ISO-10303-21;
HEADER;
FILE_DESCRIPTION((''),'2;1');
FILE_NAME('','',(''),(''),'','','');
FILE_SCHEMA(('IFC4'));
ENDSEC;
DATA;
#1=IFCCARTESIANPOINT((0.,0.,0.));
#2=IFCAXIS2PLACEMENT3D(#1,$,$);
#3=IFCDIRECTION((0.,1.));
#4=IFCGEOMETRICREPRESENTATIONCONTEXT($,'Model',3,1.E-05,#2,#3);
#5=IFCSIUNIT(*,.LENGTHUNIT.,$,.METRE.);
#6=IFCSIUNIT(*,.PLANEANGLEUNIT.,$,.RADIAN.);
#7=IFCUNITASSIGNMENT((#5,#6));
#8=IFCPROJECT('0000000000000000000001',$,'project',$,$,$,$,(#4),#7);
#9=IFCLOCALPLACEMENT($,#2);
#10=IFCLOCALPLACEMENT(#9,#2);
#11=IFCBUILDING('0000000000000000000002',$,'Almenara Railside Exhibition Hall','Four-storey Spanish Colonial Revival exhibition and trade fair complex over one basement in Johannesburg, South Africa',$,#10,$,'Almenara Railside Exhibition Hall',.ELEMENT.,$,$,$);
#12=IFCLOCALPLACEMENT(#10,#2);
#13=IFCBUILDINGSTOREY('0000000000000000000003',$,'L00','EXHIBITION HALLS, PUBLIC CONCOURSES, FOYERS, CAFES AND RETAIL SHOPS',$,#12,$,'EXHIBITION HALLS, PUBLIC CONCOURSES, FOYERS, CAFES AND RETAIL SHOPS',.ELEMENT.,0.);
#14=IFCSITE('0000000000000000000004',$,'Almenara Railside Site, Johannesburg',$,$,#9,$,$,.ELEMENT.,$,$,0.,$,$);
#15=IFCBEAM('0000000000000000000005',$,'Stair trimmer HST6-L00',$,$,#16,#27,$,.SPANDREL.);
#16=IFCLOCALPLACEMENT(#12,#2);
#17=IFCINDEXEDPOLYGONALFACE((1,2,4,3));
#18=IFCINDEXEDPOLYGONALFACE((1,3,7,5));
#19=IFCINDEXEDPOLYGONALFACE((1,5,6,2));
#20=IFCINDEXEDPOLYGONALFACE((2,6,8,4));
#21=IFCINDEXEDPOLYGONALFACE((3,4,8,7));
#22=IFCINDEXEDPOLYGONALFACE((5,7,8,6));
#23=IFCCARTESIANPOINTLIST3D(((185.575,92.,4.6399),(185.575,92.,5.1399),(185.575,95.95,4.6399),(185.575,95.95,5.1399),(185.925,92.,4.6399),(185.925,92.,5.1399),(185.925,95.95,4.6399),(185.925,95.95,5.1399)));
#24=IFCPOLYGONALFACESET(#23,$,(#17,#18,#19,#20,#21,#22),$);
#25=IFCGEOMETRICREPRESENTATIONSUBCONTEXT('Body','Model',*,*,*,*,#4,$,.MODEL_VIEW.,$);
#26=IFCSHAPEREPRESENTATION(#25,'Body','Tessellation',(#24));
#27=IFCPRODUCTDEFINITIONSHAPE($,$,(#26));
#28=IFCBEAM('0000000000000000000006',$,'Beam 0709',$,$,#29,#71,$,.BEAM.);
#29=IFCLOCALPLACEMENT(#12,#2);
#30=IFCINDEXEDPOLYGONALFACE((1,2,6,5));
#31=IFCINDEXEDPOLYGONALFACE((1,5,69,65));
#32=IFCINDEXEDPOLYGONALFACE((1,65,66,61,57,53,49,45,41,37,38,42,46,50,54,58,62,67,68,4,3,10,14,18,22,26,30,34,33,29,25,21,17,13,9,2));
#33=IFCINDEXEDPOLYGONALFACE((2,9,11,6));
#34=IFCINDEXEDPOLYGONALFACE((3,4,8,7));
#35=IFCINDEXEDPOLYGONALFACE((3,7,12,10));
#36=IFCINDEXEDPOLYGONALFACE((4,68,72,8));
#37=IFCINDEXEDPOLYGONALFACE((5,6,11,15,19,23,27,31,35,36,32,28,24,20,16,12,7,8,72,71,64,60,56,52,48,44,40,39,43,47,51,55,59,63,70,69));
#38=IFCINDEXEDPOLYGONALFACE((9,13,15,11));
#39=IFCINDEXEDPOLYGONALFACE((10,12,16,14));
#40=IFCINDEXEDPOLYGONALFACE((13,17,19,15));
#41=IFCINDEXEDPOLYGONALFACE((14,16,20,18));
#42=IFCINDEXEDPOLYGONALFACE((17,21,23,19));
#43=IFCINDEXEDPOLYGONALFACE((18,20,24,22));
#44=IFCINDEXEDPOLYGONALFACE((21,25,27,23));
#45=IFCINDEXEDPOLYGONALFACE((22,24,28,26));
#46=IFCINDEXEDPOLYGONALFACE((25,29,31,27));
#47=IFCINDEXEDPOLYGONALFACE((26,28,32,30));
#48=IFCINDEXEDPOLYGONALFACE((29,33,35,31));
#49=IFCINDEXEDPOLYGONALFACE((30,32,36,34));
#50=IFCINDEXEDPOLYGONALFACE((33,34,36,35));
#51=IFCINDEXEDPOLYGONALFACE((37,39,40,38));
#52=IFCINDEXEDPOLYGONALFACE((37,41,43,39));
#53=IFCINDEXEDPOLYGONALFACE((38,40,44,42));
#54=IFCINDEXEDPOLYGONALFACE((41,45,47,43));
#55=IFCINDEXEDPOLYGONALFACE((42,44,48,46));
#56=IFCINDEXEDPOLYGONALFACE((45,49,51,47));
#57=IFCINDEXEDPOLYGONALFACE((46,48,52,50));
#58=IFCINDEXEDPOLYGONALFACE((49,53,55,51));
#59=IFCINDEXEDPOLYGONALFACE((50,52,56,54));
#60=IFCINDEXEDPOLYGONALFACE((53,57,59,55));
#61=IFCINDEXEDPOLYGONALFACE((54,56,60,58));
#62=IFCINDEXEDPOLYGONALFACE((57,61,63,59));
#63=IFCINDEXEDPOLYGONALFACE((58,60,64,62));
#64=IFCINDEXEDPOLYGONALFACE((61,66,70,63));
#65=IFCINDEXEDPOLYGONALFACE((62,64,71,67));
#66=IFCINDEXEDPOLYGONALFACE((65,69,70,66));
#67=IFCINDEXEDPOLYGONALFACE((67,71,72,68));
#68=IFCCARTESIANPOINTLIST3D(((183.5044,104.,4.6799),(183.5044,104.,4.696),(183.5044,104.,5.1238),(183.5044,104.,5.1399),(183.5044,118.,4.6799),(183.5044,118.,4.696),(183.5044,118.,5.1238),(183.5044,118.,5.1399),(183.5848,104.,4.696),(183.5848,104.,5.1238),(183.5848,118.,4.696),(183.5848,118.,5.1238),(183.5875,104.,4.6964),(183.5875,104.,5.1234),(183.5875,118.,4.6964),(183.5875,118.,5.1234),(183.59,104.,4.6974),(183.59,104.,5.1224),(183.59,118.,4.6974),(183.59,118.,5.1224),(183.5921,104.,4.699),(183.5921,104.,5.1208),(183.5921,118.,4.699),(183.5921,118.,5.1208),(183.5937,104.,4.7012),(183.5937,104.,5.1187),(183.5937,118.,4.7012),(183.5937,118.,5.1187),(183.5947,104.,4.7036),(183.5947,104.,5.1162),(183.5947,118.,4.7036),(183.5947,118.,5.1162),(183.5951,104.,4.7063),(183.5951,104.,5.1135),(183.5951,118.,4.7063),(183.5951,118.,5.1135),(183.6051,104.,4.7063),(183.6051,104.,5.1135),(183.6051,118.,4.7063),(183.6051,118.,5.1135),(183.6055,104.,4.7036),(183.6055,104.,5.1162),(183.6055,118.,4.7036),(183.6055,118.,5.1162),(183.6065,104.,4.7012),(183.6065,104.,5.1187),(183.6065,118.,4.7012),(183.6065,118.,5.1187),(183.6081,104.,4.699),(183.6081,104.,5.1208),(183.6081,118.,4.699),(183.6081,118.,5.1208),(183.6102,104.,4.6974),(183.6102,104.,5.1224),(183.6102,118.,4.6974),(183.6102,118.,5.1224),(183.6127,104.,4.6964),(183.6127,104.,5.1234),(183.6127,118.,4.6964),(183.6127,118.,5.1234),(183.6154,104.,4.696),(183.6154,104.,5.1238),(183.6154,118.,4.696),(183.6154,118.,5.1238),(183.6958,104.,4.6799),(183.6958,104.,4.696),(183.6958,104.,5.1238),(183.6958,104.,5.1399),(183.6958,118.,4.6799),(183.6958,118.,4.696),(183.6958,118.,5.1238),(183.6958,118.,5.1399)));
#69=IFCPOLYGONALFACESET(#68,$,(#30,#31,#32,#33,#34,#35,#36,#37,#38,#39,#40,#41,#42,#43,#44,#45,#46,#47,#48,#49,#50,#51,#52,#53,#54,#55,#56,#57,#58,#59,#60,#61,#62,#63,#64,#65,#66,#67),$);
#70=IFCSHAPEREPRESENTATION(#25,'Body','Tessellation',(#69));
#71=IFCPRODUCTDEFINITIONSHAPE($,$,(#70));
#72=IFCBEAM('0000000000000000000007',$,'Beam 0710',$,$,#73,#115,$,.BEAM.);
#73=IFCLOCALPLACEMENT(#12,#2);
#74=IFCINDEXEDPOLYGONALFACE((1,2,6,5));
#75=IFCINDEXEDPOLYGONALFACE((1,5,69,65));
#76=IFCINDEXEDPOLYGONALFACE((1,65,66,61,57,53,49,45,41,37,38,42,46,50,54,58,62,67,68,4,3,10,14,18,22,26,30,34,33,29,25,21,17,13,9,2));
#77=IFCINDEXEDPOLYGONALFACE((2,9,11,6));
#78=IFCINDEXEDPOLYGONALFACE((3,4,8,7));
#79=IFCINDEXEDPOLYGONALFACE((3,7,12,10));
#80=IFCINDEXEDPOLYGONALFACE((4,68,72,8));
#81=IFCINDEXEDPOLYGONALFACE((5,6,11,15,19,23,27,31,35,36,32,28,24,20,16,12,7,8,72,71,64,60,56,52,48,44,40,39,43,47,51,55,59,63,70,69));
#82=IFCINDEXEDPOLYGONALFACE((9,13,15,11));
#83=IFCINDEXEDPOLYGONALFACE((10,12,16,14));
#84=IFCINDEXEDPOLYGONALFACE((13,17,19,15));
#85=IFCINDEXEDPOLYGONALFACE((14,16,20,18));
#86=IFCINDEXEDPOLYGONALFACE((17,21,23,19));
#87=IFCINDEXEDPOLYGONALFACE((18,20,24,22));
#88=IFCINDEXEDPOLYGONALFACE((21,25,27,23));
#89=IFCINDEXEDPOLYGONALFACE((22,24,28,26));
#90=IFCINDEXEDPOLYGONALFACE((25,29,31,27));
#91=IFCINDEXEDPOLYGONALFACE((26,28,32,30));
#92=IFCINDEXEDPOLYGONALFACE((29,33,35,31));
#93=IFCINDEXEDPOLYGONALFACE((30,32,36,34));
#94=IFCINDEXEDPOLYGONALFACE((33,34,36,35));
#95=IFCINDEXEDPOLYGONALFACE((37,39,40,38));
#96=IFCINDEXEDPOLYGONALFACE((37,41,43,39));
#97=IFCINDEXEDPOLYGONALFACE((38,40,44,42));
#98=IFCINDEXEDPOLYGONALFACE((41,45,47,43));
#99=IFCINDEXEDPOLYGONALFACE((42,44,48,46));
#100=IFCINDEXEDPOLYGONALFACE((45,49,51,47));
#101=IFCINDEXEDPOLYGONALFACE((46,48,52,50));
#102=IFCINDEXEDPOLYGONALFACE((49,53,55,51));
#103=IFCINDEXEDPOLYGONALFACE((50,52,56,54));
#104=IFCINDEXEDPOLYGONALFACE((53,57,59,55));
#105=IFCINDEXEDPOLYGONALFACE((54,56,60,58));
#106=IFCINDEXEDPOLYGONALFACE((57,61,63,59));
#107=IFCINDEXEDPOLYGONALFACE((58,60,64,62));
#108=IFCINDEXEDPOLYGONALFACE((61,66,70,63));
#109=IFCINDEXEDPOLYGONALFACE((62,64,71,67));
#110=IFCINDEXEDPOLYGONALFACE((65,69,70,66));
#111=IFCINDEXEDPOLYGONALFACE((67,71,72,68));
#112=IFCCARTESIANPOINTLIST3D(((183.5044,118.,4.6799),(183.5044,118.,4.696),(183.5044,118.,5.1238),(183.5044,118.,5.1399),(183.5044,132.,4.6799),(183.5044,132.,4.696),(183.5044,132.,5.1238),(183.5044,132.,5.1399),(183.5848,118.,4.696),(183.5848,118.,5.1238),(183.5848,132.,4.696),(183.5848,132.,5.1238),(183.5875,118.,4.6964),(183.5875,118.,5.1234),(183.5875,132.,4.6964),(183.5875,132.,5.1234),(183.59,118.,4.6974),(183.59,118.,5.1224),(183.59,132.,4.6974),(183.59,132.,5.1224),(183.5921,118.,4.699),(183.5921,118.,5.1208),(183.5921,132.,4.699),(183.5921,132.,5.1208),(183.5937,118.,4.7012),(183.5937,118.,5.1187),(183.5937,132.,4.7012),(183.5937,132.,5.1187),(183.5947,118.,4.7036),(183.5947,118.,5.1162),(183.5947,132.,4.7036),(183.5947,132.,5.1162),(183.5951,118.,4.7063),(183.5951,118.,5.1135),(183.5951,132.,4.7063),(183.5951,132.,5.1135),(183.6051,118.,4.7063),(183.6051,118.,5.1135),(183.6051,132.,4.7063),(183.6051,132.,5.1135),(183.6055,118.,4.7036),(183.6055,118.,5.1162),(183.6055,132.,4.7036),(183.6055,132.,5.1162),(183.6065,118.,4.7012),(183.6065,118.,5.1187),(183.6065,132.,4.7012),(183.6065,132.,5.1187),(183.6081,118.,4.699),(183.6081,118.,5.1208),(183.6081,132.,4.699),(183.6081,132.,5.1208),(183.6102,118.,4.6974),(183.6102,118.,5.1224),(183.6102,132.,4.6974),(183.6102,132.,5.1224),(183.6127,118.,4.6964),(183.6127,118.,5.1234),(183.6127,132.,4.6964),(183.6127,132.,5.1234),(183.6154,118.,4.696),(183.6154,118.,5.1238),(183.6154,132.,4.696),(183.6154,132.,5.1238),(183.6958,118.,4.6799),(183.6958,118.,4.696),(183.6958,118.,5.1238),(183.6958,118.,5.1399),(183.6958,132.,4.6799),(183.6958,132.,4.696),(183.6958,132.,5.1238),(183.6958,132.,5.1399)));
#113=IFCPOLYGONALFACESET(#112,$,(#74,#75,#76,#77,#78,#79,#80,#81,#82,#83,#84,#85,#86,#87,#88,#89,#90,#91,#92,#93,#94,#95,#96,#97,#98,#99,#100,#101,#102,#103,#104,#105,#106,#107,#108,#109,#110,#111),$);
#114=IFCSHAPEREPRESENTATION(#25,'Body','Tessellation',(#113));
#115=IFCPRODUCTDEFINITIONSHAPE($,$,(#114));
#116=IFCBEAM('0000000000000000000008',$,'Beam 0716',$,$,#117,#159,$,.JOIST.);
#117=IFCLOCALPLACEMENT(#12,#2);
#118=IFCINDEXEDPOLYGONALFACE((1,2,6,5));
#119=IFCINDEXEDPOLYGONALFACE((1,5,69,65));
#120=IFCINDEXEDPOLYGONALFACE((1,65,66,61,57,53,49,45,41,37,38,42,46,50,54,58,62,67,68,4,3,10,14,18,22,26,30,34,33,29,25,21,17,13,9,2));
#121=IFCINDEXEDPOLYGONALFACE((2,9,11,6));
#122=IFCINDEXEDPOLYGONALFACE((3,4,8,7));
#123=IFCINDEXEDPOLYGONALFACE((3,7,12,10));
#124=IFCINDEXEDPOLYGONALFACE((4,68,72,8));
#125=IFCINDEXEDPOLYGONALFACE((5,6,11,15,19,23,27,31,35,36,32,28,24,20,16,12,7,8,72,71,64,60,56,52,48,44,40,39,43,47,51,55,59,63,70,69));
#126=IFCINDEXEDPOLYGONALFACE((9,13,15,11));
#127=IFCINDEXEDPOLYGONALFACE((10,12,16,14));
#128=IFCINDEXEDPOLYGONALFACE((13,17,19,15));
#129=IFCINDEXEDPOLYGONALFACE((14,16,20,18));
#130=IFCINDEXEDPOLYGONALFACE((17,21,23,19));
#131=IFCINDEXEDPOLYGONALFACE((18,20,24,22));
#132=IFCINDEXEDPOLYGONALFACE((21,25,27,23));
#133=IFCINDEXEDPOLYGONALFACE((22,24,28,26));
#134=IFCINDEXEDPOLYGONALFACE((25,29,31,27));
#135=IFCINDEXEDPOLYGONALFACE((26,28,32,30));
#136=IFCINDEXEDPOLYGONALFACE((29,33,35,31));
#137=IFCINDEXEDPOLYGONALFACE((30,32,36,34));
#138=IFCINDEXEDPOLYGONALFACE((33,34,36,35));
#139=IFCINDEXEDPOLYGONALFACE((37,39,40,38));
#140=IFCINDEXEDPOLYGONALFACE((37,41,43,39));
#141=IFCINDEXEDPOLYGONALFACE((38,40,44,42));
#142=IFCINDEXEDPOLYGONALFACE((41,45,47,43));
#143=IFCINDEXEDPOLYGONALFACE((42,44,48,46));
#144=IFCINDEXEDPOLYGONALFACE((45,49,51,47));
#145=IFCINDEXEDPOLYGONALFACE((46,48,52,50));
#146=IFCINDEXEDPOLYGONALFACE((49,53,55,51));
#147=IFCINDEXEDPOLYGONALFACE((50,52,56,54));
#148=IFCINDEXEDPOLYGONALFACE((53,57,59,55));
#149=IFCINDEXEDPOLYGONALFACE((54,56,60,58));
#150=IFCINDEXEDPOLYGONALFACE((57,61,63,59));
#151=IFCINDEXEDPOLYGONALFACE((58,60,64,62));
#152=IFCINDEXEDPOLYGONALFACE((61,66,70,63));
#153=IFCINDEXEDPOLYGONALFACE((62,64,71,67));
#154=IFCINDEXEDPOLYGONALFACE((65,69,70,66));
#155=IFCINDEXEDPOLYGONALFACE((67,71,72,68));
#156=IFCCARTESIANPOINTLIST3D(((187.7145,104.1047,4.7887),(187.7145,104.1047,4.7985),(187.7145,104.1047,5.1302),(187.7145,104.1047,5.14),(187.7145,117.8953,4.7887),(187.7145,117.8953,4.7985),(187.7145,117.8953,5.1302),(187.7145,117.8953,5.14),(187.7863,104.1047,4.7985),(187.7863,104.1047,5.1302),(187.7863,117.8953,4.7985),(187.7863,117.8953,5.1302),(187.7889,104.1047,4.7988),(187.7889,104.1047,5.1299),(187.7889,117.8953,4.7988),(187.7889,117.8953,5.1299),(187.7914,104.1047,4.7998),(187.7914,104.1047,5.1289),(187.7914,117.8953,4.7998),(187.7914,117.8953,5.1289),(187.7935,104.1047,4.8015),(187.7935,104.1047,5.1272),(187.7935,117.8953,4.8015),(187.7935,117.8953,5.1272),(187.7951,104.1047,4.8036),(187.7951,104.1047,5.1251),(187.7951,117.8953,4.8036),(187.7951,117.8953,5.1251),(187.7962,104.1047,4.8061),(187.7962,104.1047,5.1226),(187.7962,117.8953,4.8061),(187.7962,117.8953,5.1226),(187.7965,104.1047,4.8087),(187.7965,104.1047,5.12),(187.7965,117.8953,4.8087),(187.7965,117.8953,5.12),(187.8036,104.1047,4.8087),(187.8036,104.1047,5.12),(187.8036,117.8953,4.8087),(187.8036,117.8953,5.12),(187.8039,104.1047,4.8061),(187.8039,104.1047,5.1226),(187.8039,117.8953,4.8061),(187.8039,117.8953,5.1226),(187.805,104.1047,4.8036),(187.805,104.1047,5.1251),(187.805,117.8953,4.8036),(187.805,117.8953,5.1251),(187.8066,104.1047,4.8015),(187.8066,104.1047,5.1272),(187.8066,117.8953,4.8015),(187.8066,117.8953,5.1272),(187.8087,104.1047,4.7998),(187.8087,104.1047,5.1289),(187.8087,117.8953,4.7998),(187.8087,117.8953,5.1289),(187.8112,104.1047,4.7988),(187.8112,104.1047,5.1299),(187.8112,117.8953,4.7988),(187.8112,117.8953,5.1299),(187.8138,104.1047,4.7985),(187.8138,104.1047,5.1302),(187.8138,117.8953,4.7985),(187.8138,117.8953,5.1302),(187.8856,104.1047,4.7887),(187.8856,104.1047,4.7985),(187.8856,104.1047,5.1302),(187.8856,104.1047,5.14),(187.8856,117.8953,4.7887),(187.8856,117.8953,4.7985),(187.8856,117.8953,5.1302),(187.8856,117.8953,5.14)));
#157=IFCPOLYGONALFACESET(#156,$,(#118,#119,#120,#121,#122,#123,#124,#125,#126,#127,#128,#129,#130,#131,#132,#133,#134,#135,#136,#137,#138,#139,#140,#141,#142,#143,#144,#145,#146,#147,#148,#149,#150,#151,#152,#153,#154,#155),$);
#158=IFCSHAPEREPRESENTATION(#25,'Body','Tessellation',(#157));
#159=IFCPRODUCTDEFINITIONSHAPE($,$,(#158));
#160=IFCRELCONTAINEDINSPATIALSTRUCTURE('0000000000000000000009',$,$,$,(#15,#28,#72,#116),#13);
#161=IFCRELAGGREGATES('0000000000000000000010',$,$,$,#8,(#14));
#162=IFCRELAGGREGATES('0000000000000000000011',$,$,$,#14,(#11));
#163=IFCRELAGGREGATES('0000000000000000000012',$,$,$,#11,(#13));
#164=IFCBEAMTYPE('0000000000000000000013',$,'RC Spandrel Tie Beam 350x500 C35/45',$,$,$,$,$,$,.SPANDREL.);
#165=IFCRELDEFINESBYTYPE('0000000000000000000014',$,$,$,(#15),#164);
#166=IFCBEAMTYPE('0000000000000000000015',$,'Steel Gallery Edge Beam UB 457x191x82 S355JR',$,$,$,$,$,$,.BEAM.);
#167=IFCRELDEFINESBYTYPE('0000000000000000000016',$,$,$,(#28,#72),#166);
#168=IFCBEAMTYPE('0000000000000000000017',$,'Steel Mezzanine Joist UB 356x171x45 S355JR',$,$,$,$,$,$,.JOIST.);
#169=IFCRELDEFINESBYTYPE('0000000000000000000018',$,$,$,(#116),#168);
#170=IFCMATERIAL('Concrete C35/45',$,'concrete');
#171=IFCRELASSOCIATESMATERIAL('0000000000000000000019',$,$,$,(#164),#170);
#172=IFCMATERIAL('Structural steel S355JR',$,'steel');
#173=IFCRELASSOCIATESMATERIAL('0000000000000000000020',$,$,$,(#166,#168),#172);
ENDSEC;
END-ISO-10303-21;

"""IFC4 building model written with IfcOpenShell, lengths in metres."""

from ifc_helpers import new_model, si_unit, direction, frame, origin, origin_2d, place, context, subcontext, project, spatial, rectangle, i_section, extrude, material, material_profile, profile_set, type_object, element, save


model = new_model("IFC4")

# Units and contexts
model_context = context("Model", 3, precision=1e-05, world=origin(), true_north=direction((0.0, 1.0)))
body_context = subcontext(model_context, "Body", "Model", "MODEL_VIEW")
ifc_project = project(units=[si_unit("LENGTHUNIT", "METRE"), si_unit("PLANEANGLEUNIT", "RADIAN")], contexts=[model_context])

# Site, building, storey
site_placement = place(None, origin())
site = spatial("IfcSite", under=ifc_project, at=site_placement, Name="Almenara Railside Site, Johannesburg", CompositionType="ELEMENT", RefElevation=0.0)
building_placement = place(site_placement, origin())
building = spatial("IfcBuilding", under=site, at=building_placement, Name="Almenara Railside Exhibition Hall", Description="Four-storey Spanish Colonial Revival exhibition and trade fair complex over one basement in Johannesburg, South Africa", LongName="Almenara Railside Exhibition Hall", CompositionType="ELEMENT")
storey_placement = place(building_placement, origin())
storey = spatial("IfcBuildingStorey", under=building, at=storey_placement, Name="L00", Description="EXHIBITION HALLS, PUBLIC CONCOURSES, FOYERS, CAFES AND RETAIL SHOPS", LongName="EXHIBITION HALLS, PUBLIC CONCOURSES, FOYERS, CAFES AND RETAIL SHOPS", CompositionType="ELEMENT", Elevation=0.0)

# Shared definitions
ifc_material_1 = material(Name="Concrete C35/45", Category="concrete")

# Beams
ifc_material_profile_1 = material_profile(ifc_material_1, rectangle(XDim=0.3501, YDim=0.5, at=origin_2d()), Name="RC 350x500")
ifc_profile_set_1 = profile_set([ifc_material_profile_1], Name="Concrete C35/45")
beam_type_1 = type_object("IfcBeamType", Name="RC Spandrel Tie Beam 350x500 C35/45", PredefinedType="SPANDREL", material=ifc_profile_set_1)
beam_1_placement = place(storey_placement, frame((185.75, 92.0, 4.8899), z_axis=(0.0, 1.0, 0.0), x_axis=(-1.0, 0.0, 0.0)))
element("IfcBeam", 1, at=beam_1_placement, inside=storey, type_object=beam_type_1, Name="Stair trimmer HST6-L00", PredefinedType="SPANDREL", context=body_context, shape_type="SweptSolid", body=[
    extrude(rectangle(XDim=0.3501, YDim=0.5, at=origin_2d()), origin(), (0.0, 0.0, 1.0), 3.95),
])
ifc_material_2 = material(Name="Structural steel S355JR", Category="steel")
ifc_material_profile_2 = material_profile(ifc_material_2, i_section(OverallWidth=0.1914, OverallDepth=0.46, WebThickness=0.01, FlangeThickness=0.0161, FilletRadius=0.0103, at=origin_2d()), Name="UB 457x191x82")
ifc_profile_set_2 = profile_set([ifc_material_profile_2], Name="Structural steel S355JR")
beam_type_2 = type_object("IfcBeamType", Name="Steel Gallery Edge Beam UB 457x191x82 S355JR", PredefinedType="BEAM", material=ifc_profile_set_2)
for number, where, z_axis, x_axis, name in (
    (2, (183.6001, 104.0, 4.9099), (0.0, 1.0, 0.0), (-1.0, 0.0, 0.0), "Beam 0709"),
    (3, (183.6001, 118.0, 4.9099), (0.0, 1.0, 0.0), (-1.0, 0.0, 0.0), "Beam 0710"),
):
    element("IfcBeam", number, at=place(storey_placement, frame(where, z_axis=z_axis, x_axis=x_axis)), inside=storey, type_object=beam_type_2, Name=name, PredefinedType="BEAM", context=body_context, shape_type="SweptSolid", body=[
        extrude(i_section(OverallWidth=0.1914, OverallDepth=0.46, WebThickness=0.01, FlangeThickness=0.0161, FilletRadius=0.0103, at=origin_2d()), origin(), (0.0, 0.0, 1.0), 14.0),
    ])
ifc_material_profile_3 = material_profile(ifc_material_2, i_section(OverallWidth=0.1711, OverallDepth=0.3513, WebThickness=0.0071, FlangeThickness=0.0098, FilletRadius=0.0103, at=origin_2d()), Name="UB 356x171x45")
ifc_profile_set_3 = profile_set([ifc_material_profile_3], Name="Structural steel S355JR")
beam_type_3 = type_object("IfcBeamType", Name="Steel Mezzanine Joist UB 356x171x45 S355JR", PredefinedType="JOIST", material=ifc_profile_set_3)
beam_2_placement = place(storey_placement, frame((187.8, 104.1047, 4.9644), z_axis=(0.0, 1.0, 0.0), x_axis=(-1.0, 0.0, 0.0)))
element("IfcBeam", 4, at=beam_2_placement, inside=storey, type_object=beam_type_3, Name="Beam 0716", PredefinedType="JOIST", context=body_context, shape_type="SweptSolid", body=[
    extrude(i_section(OverallWidth=0.1711, OverallDepth=0.3513, WebThickness=0.0071, FlangeThickness=0.0098, FilletRadius=0.0103, at=origin_2d()), origin(), (0.0, 0.0, 1.0), 13.7905),
])

save(model, "model.ifc")
